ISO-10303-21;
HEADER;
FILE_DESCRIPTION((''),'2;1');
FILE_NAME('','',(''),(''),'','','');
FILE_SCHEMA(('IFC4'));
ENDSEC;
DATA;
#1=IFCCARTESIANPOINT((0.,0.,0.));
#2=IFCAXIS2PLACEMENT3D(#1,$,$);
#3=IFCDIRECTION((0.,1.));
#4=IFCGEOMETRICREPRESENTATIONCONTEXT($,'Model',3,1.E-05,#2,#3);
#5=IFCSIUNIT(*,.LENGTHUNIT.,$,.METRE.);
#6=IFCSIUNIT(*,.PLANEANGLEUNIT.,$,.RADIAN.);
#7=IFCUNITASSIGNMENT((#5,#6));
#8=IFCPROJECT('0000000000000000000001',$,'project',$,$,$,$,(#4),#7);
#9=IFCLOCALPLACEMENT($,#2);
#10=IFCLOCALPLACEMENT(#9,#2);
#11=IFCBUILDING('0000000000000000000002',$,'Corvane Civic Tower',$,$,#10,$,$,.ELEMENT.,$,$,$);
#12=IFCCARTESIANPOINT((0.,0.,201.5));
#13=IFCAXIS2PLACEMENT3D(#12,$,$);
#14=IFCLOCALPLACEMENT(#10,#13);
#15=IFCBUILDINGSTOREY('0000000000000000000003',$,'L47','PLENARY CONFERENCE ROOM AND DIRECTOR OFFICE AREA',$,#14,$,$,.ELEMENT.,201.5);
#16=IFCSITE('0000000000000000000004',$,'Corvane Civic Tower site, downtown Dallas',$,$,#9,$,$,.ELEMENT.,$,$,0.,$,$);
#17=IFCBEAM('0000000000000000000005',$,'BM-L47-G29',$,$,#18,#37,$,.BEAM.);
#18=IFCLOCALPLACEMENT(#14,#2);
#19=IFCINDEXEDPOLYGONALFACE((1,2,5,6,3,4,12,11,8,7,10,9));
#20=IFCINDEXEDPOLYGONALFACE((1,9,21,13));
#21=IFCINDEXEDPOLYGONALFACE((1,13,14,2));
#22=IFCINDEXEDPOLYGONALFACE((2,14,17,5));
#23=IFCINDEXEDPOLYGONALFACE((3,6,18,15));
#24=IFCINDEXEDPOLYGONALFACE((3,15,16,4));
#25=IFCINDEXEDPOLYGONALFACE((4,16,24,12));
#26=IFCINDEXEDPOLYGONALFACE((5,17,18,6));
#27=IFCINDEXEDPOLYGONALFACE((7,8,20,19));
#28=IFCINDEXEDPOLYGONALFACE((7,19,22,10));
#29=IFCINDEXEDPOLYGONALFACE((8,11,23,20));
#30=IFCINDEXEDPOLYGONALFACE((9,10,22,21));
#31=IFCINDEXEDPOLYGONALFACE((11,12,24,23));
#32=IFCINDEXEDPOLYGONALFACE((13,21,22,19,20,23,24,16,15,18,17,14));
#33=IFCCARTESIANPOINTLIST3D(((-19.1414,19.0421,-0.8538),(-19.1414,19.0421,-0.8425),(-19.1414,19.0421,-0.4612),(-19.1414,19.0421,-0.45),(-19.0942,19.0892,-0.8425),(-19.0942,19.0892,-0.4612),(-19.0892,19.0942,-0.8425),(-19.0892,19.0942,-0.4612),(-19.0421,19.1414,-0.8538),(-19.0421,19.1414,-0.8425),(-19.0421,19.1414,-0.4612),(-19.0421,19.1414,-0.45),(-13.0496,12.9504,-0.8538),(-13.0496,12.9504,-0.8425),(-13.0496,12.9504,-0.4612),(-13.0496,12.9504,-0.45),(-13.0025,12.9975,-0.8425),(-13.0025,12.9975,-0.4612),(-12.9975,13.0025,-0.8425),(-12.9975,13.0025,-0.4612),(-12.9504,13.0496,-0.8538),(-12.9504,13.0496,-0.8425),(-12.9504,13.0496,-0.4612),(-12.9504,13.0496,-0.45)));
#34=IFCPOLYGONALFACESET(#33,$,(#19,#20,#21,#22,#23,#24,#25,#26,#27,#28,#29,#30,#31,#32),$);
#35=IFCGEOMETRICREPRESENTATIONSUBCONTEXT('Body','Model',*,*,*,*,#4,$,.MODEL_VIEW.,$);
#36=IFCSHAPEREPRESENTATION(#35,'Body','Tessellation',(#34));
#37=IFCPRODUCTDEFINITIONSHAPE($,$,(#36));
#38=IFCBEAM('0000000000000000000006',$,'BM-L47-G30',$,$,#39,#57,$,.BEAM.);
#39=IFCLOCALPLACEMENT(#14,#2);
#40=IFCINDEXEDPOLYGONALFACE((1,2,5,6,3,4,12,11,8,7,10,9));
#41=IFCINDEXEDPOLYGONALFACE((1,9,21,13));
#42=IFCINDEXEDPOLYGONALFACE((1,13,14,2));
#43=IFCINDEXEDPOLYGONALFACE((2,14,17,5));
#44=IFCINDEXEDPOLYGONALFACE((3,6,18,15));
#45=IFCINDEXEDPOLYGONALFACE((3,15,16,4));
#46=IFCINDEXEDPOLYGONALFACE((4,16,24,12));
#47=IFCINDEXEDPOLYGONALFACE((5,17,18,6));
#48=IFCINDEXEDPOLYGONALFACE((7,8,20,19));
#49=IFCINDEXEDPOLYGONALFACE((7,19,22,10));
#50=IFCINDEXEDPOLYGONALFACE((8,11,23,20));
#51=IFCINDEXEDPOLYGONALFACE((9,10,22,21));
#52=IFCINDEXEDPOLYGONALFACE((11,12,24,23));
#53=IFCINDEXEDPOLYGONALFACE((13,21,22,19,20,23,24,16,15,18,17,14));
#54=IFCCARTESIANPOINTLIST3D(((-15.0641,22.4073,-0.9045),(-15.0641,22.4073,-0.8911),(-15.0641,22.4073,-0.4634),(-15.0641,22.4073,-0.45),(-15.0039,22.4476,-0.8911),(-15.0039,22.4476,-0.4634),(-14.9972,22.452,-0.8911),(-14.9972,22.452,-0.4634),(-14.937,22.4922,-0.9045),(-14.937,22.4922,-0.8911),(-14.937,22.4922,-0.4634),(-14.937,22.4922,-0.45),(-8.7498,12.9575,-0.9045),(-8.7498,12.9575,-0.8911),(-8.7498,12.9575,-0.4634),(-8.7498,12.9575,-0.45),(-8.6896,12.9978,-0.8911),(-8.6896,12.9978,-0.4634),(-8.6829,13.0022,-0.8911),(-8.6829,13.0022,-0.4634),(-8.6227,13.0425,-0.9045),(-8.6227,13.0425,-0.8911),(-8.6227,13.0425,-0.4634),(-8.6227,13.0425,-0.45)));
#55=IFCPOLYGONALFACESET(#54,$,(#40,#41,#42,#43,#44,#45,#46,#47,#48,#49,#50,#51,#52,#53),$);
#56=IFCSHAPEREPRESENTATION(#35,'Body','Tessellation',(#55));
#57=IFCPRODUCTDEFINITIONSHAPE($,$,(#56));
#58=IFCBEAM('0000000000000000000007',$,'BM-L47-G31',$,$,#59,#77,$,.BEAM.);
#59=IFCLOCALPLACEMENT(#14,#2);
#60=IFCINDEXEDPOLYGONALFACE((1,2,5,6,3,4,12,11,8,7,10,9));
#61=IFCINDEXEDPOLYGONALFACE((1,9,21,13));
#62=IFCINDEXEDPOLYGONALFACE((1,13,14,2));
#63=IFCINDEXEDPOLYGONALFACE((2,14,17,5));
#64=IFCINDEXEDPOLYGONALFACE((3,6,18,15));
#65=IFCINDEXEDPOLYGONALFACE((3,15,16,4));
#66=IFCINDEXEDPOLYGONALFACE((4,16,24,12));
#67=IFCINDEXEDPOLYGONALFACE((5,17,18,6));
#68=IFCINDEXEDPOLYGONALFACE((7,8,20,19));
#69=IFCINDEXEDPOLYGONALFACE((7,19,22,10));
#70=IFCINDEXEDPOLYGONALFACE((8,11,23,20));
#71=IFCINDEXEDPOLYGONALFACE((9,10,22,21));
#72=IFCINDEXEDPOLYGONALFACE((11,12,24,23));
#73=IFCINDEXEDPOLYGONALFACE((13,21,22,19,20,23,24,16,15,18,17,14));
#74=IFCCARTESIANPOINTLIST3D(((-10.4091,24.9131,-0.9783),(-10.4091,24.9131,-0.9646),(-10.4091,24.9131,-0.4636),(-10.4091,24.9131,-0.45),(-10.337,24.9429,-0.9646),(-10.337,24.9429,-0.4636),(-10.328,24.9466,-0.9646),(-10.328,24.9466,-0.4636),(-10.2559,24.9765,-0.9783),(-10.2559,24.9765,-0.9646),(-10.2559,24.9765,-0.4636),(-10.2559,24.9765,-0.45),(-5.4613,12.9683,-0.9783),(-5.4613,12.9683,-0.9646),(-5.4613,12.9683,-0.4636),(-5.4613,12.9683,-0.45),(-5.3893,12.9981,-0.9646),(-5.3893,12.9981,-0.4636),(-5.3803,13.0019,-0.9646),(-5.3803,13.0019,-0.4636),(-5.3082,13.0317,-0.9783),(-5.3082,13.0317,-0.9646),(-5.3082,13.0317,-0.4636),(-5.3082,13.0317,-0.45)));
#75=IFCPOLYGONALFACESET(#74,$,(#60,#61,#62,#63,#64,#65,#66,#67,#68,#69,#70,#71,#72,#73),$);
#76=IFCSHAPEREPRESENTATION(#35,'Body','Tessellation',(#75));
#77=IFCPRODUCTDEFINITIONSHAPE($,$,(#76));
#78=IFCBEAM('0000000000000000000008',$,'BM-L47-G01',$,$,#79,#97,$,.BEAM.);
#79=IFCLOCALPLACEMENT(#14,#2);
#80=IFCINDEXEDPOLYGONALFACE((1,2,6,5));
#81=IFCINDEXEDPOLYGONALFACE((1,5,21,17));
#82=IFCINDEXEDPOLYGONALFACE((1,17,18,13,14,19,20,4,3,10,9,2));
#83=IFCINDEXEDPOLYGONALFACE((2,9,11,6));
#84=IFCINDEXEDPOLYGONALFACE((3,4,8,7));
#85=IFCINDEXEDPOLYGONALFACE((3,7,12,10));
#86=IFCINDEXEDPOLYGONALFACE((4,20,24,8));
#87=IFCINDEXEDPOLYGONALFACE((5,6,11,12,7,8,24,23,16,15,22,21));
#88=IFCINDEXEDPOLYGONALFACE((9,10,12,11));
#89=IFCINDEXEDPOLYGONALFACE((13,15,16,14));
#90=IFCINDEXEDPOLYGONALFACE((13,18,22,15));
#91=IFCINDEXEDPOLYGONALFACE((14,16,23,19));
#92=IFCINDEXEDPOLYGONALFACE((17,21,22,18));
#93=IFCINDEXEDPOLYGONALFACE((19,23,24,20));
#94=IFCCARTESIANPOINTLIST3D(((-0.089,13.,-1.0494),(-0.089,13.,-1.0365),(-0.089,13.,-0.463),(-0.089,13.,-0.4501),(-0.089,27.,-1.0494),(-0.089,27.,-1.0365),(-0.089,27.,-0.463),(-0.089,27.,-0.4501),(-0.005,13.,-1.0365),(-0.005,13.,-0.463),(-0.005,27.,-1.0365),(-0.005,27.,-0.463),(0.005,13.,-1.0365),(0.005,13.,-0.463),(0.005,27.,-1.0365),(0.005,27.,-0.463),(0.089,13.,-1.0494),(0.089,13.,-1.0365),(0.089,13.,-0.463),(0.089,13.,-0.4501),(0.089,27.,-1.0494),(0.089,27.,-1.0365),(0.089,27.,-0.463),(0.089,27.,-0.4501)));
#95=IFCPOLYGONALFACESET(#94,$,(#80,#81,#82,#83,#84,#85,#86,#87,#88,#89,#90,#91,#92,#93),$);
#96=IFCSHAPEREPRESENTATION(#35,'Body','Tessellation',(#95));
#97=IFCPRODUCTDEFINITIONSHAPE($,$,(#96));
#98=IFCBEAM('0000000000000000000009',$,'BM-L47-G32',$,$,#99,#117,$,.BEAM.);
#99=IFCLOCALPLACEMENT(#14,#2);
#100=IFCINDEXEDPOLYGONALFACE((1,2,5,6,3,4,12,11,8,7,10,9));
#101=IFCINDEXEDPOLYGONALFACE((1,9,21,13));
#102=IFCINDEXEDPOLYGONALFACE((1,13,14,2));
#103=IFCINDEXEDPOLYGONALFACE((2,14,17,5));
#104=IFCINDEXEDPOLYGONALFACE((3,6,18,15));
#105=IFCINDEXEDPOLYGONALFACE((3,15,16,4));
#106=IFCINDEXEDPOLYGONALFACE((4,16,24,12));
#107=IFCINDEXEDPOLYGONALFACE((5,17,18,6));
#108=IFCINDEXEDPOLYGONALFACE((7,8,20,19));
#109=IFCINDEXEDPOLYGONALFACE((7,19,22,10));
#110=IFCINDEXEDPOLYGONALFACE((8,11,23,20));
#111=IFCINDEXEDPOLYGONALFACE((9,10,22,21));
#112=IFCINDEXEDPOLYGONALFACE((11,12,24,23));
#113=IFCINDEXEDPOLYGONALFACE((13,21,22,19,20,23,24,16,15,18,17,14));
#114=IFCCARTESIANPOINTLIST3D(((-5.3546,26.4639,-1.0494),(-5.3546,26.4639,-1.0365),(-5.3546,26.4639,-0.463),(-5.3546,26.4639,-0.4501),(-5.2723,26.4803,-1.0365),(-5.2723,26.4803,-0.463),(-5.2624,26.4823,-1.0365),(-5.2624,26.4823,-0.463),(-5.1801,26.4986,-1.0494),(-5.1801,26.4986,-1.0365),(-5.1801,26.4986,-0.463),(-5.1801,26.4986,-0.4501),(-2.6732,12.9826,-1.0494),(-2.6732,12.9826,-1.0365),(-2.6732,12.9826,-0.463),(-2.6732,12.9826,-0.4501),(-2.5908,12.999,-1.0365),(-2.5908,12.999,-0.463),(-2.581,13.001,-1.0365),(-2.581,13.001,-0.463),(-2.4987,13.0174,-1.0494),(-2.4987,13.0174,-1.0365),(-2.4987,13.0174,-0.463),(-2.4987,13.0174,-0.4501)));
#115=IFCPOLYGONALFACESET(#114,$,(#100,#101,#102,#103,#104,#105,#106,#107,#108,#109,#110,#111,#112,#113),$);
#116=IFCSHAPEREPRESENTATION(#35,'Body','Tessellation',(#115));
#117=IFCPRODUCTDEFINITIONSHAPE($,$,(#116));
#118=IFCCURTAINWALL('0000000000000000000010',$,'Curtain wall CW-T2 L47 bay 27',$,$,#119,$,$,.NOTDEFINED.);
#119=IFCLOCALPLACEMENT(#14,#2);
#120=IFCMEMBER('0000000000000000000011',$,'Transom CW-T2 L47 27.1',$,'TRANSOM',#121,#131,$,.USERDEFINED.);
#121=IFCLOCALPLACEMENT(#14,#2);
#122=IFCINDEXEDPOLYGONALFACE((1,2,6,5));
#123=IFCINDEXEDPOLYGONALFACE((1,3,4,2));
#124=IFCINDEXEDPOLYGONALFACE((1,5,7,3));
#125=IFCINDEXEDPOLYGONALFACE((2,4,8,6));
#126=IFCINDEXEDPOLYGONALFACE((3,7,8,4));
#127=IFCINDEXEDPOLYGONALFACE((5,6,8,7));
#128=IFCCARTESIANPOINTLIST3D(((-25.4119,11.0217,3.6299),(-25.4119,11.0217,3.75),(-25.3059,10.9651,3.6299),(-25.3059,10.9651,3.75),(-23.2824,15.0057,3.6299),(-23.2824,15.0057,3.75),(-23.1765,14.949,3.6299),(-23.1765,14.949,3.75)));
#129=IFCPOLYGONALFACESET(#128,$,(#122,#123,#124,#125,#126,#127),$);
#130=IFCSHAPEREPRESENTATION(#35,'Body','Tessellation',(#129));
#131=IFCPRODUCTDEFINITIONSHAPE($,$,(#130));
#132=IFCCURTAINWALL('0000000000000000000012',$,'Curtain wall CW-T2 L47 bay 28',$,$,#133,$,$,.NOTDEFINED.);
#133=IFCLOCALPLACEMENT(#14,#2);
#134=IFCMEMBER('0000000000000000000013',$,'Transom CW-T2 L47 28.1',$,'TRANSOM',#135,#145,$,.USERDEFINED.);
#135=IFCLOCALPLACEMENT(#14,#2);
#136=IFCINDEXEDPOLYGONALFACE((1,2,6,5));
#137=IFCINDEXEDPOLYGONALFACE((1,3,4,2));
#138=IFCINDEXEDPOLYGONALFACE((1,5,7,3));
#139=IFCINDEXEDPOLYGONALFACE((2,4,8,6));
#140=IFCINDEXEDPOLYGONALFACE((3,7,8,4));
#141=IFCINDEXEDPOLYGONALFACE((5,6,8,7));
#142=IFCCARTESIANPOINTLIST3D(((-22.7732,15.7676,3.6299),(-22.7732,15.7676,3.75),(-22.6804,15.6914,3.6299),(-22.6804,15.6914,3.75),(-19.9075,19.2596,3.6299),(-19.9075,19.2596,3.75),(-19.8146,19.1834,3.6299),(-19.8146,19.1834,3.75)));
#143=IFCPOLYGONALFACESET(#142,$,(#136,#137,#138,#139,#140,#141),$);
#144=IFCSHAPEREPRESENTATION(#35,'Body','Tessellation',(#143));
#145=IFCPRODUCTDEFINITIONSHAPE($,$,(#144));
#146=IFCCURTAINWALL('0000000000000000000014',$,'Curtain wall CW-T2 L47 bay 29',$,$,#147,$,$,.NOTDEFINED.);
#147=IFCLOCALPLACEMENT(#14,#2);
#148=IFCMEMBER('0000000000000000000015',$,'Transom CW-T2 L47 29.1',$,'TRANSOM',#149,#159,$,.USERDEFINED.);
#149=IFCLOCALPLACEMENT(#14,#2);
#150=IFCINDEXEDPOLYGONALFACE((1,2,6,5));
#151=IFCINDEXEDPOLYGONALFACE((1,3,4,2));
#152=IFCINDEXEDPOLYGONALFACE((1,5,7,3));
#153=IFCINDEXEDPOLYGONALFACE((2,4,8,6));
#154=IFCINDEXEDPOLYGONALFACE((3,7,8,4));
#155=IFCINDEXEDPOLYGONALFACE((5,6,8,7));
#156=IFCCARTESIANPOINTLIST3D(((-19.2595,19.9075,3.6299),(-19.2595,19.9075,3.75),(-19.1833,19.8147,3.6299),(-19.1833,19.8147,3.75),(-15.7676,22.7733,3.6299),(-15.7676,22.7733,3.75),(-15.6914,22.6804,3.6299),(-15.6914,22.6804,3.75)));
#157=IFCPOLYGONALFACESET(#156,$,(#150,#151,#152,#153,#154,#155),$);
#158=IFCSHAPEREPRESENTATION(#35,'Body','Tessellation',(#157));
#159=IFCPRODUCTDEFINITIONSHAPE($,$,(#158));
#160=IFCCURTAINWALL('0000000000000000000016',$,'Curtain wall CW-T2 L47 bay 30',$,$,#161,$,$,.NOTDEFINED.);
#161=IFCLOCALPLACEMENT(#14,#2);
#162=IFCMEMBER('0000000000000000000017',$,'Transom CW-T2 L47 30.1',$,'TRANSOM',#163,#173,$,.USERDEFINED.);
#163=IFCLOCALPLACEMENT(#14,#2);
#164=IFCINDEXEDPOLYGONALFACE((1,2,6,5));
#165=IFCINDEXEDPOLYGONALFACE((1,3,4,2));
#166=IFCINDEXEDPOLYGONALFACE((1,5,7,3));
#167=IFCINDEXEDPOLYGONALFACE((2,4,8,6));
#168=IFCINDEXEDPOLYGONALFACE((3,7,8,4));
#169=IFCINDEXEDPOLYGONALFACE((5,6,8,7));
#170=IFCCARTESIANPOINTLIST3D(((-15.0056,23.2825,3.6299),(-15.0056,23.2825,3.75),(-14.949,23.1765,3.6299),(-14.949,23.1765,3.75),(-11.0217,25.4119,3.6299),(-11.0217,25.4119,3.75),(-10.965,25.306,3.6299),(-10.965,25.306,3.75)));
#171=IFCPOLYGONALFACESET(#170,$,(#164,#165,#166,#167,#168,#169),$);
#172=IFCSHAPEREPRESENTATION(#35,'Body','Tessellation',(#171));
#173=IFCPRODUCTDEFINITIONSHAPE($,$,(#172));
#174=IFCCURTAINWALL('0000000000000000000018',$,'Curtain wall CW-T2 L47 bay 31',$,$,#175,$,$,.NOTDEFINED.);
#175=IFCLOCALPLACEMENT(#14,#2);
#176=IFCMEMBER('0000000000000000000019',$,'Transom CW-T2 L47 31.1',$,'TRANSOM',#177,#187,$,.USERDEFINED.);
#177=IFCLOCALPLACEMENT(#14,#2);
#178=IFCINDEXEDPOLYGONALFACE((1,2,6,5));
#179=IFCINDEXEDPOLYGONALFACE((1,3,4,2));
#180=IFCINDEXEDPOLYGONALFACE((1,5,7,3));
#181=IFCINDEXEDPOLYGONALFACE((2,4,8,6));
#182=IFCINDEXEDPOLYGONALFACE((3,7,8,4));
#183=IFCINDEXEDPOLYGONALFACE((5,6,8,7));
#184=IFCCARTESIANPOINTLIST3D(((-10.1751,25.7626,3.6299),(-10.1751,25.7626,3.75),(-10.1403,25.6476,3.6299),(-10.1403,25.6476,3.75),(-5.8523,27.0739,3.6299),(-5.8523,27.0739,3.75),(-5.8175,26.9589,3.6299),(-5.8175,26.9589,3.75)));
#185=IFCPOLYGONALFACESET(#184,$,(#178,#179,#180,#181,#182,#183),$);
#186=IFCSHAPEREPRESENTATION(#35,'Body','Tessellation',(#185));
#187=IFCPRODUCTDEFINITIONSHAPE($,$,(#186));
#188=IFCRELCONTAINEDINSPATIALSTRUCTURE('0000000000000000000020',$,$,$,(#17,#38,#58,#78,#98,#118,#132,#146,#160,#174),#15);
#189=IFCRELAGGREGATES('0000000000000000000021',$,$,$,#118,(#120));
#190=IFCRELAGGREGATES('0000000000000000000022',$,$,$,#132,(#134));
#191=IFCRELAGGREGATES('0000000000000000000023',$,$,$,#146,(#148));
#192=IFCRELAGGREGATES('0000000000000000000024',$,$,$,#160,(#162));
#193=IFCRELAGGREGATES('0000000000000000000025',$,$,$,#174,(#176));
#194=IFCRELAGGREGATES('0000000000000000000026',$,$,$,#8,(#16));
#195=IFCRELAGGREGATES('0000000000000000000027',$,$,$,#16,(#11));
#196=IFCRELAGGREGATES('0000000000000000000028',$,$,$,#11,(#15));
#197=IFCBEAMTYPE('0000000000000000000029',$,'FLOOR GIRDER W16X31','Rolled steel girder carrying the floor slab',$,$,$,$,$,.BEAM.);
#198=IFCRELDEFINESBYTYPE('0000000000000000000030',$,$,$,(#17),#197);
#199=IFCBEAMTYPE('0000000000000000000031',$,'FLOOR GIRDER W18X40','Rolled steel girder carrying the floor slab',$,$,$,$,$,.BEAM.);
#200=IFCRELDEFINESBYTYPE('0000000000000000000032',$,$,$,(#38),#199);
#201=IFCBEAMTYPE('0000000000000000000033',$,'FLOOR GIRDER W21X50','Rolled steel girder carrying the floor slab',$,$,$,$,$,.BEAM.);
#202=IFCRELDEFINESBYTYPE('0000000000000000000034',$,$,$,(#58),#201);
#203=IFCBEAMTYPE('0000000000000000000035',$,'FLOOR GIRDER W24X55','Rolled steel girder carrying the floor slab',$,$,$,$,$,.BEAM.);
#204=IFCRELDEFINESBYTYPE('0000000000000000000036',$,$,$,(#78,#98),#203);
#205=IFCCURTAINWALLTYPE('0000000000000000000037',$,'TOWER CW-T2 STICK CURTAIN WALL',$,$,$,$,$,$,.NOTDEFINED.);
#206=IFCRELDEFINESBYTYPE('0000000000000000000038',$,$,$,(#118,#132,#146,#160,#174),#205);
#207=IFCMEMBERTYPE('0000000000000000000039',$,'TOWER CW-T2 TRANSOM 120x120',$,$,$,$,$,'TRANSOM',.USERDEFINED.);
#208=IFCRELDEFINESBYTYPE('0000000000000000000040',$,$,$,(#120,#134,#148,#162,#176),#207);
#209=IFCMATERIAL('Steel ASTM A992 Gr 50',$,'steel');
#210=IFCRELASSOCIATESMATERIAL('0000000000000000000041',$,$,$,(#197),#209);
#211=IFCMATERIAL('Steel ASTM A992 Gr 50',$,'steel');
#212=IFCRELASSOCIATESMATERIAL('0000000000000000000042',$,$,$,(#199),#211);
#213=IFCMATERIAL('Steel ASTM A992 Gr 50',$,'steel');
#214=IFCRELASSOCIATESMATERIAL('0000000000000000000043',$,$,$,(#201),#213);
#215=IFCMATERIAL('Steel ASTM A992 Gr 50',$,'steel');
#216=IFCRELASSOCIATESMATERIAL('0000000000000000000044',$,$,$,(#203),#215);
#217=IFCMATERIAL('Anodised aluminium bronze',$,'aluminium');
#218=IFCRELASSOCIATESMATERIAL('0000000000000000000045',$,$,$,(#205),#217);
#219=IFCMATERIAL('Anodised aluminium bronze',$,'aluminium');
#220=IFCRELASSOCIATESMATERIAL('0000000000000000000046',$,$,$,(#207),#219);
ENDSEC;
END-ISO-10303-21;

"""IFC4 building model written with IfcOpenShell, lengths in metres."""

from ifc_helpers import new_model, si_unit, direction, frame, origin, origin_2d, place, context, subcontext, project, spatial, rectangle, i_section, extrude, material, material_profile, profile_set, type_object, element, aggregate, save


model = new_model("IFC4")

# Units and contexts
model_context = context("Model", 3, precision=1e-05, world=origin(), true_north=direction((0.0, 1.0)))
body_context = subcontext(model_context, "Body", "Model", "MODEL_VIEW")
ifc_project = project(units=[si_unit("LENGTHUNIT", "METRE"), si_unit("PLANEANGLEUNIT", "RADIAN")], contexts=[model_context])

# Site, building, storey
site_placement = place(None, origin())
site = spatial("IfcSite", under=ifc_project, at=site_placement, Name="Corvane Civic Tower site, downtown Dallas", CompositionType="ELEMENT", RefElevation=0.0)
building_placement = place(site_placement, origin())
building = spatial("IfcBuilding", under=site, at=building_placement, Name="Corvane Civic Tower", CompositionType="ELEMENT")
storey_placement = place(building_placement, frame((0.0, 0.0, 201.5)))
storey = spatial("IfcBuildingStorey", under=building, at=storey_placement, Name="L47", Description="PLENARY CONFERENCE ROOM AND DIRECTOR OFFICE AREA", CompositionType="ELEMENT", Elevation=201.5)

# Beams
ifc_material_1 = material(Name="Steel ASTM A992 Gr 50", Category="steel")
ifc_material_profile_1 = material_profile(ifc_material_1, i_section(OverallWidth=0.1404, OverallDepth=0.4038, WebThickness=0.0071, FlangeThickness=0.0112, at=origin_2d()), Name="W16X31")
ifc_profile_set_1 = profile_set([ifc_material_profile_1], Name="Steel ASTM A992 Gr 50")
beam_type_1 = type_object("IfcBeamType", Name="FLOOR GIRDER W16X31", Description="Rolled steel girder carrying the floor slab", PredefinedType="BEAM", material=ifc_profile_set_1)
beam_1_placement = place(storey_placement, frame((-13.0, 13.0, -0.6519), z_axis=(-0.707107, 0.707107, 0.0), x_axis=(-0.707107, -0.707107, 0.0)))
element("IfcBeam", 1, at=beam_1_placement, inside=storey, type_object=beam_type_1, Name="BM-L47-G29", PredefinedType="BEAM", context=body_context, shape_type="SweptSolid", body=[
    extrude(i_section(OverallWidth=0.1404, OverallDepth=0.4038, WebThickness=0.0071, FlangeThickness=0.0112, at=origin_2d()), origin(), (0.0, 0.0, 1.0), 8.615),
])
ifc_material_2 = material(Name="Steel ASTM A992 Gr 50", Category="steel")
ifc_material_profile_2 = material_profile(ifc_material_2, i_section(OverallWidth=0.1528, OverallDepth=0.4546, WebThickness=0.0081, FlangeThickness=0.0134, at=origin_2d()), Name="W18X40")
ifc_profile_set_2 = profile_set([ifc_material_profile_2], Name="Steel ASTM A992 Gr 50")
beam_type_2 = type_object("IfcBeamType", Name="FLOOR GIRDER W18X40", Description="Rolled steel girder carrying the floor slab", PredefinedType="BEAM", material=ifc_profile_set_2)
beam_2_placement = place(storey_placement, frame((-8.6863, 13.0, -0.6772), z_axis=(-0.555577, 0.831465, 0.0), x_axis=(-0.831465, -0.555577, 0.0)))
element("IfcBeam", 2, at=beam_2_placement, inside=storey, type_object=beam_type_2, Name="BM-L47-G30", PredefinedType="BEAM", context=body_context, shape_type="SweptSolid", body=[
    extrude(i_section(OverallWidth=0.1528, OverallDepth=0.4546, WebThickness=0.0081, FlangeThickness=0.0134, at=origin_2d()), origin(), (0.0, 0.0, 1.0), 11.3652),
])
ifc_material_3 = material(Name="Steel ASTM A992 Gr 50", Category="steel")
ifc_material_profile_3 = material_profile(ifc_material_3, i_section(OverallWidth=0.1658, OverallDepth=0.5283, WebThickness=0.0098, FlangeThickness=0.0137, at=origin_2d()), Name="W21X50")
ifc_profile_set_3 = profile_set([ifc_material_profile_3], Name="Steel ASTM A992 Gr 50")
beam_type_3 = type_object("IfcBeamType", Name="FLOOR GIRDER W21X50", Description="Rolled steel girder carrying the floor slab", PredefinedType="BEAM", material=ifc_profile_set_3)
beam_3_placement = place(storey_placement, frame((-5.3848, 13.0, -0.7141), z_axis=(-0.382686, 0.923878, 0.0), x_axis=(-0.923878, -0.382686, 0.0)))
element("IfcBeam", 3, at=beam_3_placement, inside=storey, type_object=beam_type_3, Name="BM-L47-G31", PredefinedType="BEAM", context=body_context, shape_type="SweptSolid", body=[
    extrude(i_section(OverallWidth=0.1658, OverallDepth=0.5283, WebThickness=0.0098, FlangeThickness=0.0137, at=origin_2d()), origin(), (0.0, 0.0, 1.0), 12.929),
])
ifc_material_4 = material(Name="Steel ASTM A992 Gr 50", Category="steel")
ifc_material_profile_4 = material_profile(ifc_material_4, i_section(OverallWidth=0.178, OverallDepth=0.5994, WebThickness=0.01, FlangeThickness=0.0129, at=origin_2d()), Name="W24X55")
ifc_profile_set_4 = profile_set([ifc_material_profile_4], Name="Steel ASTM A992 Gr 50")
beam_type_4 = type_object("IfcBeamType", Name="FLOOR GIRDER W24X55", Description="Rolled steel girder carrying the floor slab", PredefinedType="BEAM", material=ifc_profile_set_4)
beam_4_placement = place(storey_placement, frame((0.0, 13.0, -0.7498), z_axis=(0.0, 1.0, 0.0), x_axis=(-1.0, 0.0, 0.0)))
element("IfcBeam", 4, at=beam_4_placement, inside=storey, type_object=beam_type_4, Name="BM-L47-G01", PredefinedType="BEAM", context=body_context, shape_type="SweptSolid", body=[
    extrude(i_section(OverallWidth=0.178, OverallDepth=0.5994, WebThickness=0.01, FlangeThickness=0.0129, at=origin_2d()), origin(), (0.0, 0.0, 1.0), 14.0),
])
beam_5_placement = place(storey_placement, frame((-2.5859, 13.0, -0.7498), z_axis=(-0.195078, 0.980788, 0.0), x_axis=(-0.980788, -0.195078, 0.0)))
element("IfcBeam", 5, at=beam_5_placement, inside=storey, type_object=beam_type_4, Name="BM-L47-G32", PredefinedType="BEAM", context=body_context, shape_type="SweptSolid", body=[
    extrude(i_section(OverallWidth=0.178, OverallDepth=0.5994, WebThickness=0.01, FlangeThickness=0.0129, at=origin_2d()), origin(), (0.0, 0.0, 1.0), 13.7454),
])

# Curtain walls, members
ifc_material_5 = material(Name="Anodised aluminium bronze", Category="aluminium")
curtain_wall_type = type_object("IfcCurtainWallType", Name="TOWER CW-T2 STICK CURTAIN WALL", PredefinedType="NOTDEFINED", material=ifc_material_5)
curtain_wall_1_placement = place(storey_placement, origin())
curtain_wall_1 = element("IfcCurtainWall", 6, at=curtain_wall_1_placement, inside=storey, type_object=curtain_wall_type, Name="Curtain wall CW-T2 L47 bay 27", PredefinedType="NOTDEFINED")
ifc_material_6 = material(Name="Anodised aluminium bronze", Category="aluminium")
ifc_material_profile_5 = material_profile(ifc_material_6, rectangle(XDim=0.1201, YDim=0.1201, at=origin_2d()), Name="TOWER CW-T2 TRANSOM 120x120")
ifc_profile_set_5 = profile_set([ifc_material_profile_5], Name="Anodised aluminium bronze")
member_type = type_object("IfcMemberType", Name="TOWER CW-T2 TRANSOM 120x120", ElementType="TRANSOM", PredefinedType="USERDEFINED", material=ifc_profile_set_5)
member_1_placement = place(storey_placement, frame((-25.3589, 10.9934, 3.6899), z_axis=(0.47139, 0.881925, 0.0), x_axis=(-0.881925, 0.47139, 0.0)))
member_1 = element("IfcMember", 7, at=member_1_placement, type_object=member_type, Name="Transom CW-T2 L47 27.1", ObjectType="TRANSOM", PredefinedType="USERDEFINED", context=body_context, shape_type="SweptSolid", body=[
    extrude(rectangle(XDim=0.1201, YDim=0.1201, at=origin_2d()), origin(), (0.0, 0.0, 1.0), 4.5173),
])
curtain_wall_2_placement = place(storey_placement, origin())
curtain_wall_2 = element("IfcCurtainWall", 8, at=curtain_wall_2_placement, inside=storey, type_object=curtain_wall_type, Name="Curtain wall CW-T2 L47 bay 28", PredefinedType="NOTDEFINED")
member_2_placement = place(storey_placement, frame((-22.7268, 15.7295, 3.6899), z_axis=(0.634388, 0.773015, 0.0), x_axis=(-0.773015, 0.634388, 0.0)))
member_2 = element("IfcMember", 9, at=member_2_placement, type_object=member_type, Name="Transom CW-T2 L47 28.1", ObjectType="TRANSOM", PredefinedType="USERDEFINED", context=body_context, shape_type="SweptSolid", body=[
    extrude(rectangle(XDim=0.1201, YDim=0.1201, at=origin_2d()), origin(), (0.0, 0.0, 1.0), 4.5173),
])
curtain_wall_3_placement = place(storey_placement, origin())
curtain_wall_3 = element("IfcCurtainWall", 10, at=curtain_wall_3_placement, inside=storey, type_object=curtain_wall_type, Name="Curtain wall CW-T2 L47 bay 29", PredefinedType="NOTDEFINED")
member_3_placement = place(storey_placement, frame((-19.2214, 19.8611, 3.6899), z_axis=(0.773015, 0.634388, 0.0), x_axis=(-0.634388, 0.773015, 0.0)))
member_3 = element("IfcMember", 11, at=member_3_placement, type_object=member_type, Name="Transom CW-T2 L47 29.1", ObjectType="TRANSOM", PredefinedType="USERDEFINED", context=body_context, shape_type="SweptSolid", body=[
    extrude(rectangle(XDim=0.1201, YDim=0.1201, at=origin_2d()), origin(), (0.0, 0.0, 1.0), 4.5173),
])
curtain_wall_4_placement = place(storey_placement, origin())
curtain_wall_4 = element("IfcCurtainWall", 12, at=curtain_wall_4_placement, inside=storey, type_object=curtain_wall_type, Name="Curtain wall CW-T2 L47 bay 30", PredefinedType="NOTDEFINED")
member_4_placement = place(storey_placement, frame((-14.9773, 23.2295, 3.6899), z_axis=(0.881925, 0.47139, 0.0), x_axis=(-0.47139, 0.881925, 0.0)))
member_4 = element("IfcMember", 13, at=member_4_placement, type_object=member_type, Name="Transom CW-T2 L47 30.1", ObjectType="TRANSOM", PredefinedType="USERDEFINED", context=body_context, shape_type="SweptSolid", body=[
    extrude(rectangle(XDim=0.1201, YDim=0.1201, at=origin_2d()), origin(), (0.0, 0.0, 1.0), 4.5173),
])
curtain_wall_5_placement = place(storey_placement, origin())
curtain_wall_5 = element("IfcCurtainWall", 14, at=curtain_wall_5_placement, inside=storey, type_object=curtain_wall_type, Name="Curtain wall CW-T2 L47 bay 31", PredefinedType="NOTDEFINED")
member_5_placement = place(storey_placement, frame((-10.1577, 25.7051, 3.6899), z_axis=(0.956941, 0.290282, 0.0), x_axis=(-0.290282, 0.956941, 0.0)))
member_5 = element("IfcMember", 15, at=member_5_placement, type_object=member_type, Name="Transom CW-T2 L47 31.1", ObjectType="TRANSOM", PredefinedType="USERDEFINED", context=body_context, shape_type="SweptSolid", body=[
    extrude(rectangle(XDim=0.1201, YDim=0.1201, at=origin_2d()), origin(), (0.0, 0.0, 1.0), 4.5173),
])

aggregate(curtain_wall_1, [member_1])
aggregate(curtain_wall_2, [member_2])
aggregate(curtain_wall_3, [member_3])
aggregate(curtain_wall_4, [member_4])
aggregate(curtain_wall_5, [member_5])

save(model, "model.ifc")
